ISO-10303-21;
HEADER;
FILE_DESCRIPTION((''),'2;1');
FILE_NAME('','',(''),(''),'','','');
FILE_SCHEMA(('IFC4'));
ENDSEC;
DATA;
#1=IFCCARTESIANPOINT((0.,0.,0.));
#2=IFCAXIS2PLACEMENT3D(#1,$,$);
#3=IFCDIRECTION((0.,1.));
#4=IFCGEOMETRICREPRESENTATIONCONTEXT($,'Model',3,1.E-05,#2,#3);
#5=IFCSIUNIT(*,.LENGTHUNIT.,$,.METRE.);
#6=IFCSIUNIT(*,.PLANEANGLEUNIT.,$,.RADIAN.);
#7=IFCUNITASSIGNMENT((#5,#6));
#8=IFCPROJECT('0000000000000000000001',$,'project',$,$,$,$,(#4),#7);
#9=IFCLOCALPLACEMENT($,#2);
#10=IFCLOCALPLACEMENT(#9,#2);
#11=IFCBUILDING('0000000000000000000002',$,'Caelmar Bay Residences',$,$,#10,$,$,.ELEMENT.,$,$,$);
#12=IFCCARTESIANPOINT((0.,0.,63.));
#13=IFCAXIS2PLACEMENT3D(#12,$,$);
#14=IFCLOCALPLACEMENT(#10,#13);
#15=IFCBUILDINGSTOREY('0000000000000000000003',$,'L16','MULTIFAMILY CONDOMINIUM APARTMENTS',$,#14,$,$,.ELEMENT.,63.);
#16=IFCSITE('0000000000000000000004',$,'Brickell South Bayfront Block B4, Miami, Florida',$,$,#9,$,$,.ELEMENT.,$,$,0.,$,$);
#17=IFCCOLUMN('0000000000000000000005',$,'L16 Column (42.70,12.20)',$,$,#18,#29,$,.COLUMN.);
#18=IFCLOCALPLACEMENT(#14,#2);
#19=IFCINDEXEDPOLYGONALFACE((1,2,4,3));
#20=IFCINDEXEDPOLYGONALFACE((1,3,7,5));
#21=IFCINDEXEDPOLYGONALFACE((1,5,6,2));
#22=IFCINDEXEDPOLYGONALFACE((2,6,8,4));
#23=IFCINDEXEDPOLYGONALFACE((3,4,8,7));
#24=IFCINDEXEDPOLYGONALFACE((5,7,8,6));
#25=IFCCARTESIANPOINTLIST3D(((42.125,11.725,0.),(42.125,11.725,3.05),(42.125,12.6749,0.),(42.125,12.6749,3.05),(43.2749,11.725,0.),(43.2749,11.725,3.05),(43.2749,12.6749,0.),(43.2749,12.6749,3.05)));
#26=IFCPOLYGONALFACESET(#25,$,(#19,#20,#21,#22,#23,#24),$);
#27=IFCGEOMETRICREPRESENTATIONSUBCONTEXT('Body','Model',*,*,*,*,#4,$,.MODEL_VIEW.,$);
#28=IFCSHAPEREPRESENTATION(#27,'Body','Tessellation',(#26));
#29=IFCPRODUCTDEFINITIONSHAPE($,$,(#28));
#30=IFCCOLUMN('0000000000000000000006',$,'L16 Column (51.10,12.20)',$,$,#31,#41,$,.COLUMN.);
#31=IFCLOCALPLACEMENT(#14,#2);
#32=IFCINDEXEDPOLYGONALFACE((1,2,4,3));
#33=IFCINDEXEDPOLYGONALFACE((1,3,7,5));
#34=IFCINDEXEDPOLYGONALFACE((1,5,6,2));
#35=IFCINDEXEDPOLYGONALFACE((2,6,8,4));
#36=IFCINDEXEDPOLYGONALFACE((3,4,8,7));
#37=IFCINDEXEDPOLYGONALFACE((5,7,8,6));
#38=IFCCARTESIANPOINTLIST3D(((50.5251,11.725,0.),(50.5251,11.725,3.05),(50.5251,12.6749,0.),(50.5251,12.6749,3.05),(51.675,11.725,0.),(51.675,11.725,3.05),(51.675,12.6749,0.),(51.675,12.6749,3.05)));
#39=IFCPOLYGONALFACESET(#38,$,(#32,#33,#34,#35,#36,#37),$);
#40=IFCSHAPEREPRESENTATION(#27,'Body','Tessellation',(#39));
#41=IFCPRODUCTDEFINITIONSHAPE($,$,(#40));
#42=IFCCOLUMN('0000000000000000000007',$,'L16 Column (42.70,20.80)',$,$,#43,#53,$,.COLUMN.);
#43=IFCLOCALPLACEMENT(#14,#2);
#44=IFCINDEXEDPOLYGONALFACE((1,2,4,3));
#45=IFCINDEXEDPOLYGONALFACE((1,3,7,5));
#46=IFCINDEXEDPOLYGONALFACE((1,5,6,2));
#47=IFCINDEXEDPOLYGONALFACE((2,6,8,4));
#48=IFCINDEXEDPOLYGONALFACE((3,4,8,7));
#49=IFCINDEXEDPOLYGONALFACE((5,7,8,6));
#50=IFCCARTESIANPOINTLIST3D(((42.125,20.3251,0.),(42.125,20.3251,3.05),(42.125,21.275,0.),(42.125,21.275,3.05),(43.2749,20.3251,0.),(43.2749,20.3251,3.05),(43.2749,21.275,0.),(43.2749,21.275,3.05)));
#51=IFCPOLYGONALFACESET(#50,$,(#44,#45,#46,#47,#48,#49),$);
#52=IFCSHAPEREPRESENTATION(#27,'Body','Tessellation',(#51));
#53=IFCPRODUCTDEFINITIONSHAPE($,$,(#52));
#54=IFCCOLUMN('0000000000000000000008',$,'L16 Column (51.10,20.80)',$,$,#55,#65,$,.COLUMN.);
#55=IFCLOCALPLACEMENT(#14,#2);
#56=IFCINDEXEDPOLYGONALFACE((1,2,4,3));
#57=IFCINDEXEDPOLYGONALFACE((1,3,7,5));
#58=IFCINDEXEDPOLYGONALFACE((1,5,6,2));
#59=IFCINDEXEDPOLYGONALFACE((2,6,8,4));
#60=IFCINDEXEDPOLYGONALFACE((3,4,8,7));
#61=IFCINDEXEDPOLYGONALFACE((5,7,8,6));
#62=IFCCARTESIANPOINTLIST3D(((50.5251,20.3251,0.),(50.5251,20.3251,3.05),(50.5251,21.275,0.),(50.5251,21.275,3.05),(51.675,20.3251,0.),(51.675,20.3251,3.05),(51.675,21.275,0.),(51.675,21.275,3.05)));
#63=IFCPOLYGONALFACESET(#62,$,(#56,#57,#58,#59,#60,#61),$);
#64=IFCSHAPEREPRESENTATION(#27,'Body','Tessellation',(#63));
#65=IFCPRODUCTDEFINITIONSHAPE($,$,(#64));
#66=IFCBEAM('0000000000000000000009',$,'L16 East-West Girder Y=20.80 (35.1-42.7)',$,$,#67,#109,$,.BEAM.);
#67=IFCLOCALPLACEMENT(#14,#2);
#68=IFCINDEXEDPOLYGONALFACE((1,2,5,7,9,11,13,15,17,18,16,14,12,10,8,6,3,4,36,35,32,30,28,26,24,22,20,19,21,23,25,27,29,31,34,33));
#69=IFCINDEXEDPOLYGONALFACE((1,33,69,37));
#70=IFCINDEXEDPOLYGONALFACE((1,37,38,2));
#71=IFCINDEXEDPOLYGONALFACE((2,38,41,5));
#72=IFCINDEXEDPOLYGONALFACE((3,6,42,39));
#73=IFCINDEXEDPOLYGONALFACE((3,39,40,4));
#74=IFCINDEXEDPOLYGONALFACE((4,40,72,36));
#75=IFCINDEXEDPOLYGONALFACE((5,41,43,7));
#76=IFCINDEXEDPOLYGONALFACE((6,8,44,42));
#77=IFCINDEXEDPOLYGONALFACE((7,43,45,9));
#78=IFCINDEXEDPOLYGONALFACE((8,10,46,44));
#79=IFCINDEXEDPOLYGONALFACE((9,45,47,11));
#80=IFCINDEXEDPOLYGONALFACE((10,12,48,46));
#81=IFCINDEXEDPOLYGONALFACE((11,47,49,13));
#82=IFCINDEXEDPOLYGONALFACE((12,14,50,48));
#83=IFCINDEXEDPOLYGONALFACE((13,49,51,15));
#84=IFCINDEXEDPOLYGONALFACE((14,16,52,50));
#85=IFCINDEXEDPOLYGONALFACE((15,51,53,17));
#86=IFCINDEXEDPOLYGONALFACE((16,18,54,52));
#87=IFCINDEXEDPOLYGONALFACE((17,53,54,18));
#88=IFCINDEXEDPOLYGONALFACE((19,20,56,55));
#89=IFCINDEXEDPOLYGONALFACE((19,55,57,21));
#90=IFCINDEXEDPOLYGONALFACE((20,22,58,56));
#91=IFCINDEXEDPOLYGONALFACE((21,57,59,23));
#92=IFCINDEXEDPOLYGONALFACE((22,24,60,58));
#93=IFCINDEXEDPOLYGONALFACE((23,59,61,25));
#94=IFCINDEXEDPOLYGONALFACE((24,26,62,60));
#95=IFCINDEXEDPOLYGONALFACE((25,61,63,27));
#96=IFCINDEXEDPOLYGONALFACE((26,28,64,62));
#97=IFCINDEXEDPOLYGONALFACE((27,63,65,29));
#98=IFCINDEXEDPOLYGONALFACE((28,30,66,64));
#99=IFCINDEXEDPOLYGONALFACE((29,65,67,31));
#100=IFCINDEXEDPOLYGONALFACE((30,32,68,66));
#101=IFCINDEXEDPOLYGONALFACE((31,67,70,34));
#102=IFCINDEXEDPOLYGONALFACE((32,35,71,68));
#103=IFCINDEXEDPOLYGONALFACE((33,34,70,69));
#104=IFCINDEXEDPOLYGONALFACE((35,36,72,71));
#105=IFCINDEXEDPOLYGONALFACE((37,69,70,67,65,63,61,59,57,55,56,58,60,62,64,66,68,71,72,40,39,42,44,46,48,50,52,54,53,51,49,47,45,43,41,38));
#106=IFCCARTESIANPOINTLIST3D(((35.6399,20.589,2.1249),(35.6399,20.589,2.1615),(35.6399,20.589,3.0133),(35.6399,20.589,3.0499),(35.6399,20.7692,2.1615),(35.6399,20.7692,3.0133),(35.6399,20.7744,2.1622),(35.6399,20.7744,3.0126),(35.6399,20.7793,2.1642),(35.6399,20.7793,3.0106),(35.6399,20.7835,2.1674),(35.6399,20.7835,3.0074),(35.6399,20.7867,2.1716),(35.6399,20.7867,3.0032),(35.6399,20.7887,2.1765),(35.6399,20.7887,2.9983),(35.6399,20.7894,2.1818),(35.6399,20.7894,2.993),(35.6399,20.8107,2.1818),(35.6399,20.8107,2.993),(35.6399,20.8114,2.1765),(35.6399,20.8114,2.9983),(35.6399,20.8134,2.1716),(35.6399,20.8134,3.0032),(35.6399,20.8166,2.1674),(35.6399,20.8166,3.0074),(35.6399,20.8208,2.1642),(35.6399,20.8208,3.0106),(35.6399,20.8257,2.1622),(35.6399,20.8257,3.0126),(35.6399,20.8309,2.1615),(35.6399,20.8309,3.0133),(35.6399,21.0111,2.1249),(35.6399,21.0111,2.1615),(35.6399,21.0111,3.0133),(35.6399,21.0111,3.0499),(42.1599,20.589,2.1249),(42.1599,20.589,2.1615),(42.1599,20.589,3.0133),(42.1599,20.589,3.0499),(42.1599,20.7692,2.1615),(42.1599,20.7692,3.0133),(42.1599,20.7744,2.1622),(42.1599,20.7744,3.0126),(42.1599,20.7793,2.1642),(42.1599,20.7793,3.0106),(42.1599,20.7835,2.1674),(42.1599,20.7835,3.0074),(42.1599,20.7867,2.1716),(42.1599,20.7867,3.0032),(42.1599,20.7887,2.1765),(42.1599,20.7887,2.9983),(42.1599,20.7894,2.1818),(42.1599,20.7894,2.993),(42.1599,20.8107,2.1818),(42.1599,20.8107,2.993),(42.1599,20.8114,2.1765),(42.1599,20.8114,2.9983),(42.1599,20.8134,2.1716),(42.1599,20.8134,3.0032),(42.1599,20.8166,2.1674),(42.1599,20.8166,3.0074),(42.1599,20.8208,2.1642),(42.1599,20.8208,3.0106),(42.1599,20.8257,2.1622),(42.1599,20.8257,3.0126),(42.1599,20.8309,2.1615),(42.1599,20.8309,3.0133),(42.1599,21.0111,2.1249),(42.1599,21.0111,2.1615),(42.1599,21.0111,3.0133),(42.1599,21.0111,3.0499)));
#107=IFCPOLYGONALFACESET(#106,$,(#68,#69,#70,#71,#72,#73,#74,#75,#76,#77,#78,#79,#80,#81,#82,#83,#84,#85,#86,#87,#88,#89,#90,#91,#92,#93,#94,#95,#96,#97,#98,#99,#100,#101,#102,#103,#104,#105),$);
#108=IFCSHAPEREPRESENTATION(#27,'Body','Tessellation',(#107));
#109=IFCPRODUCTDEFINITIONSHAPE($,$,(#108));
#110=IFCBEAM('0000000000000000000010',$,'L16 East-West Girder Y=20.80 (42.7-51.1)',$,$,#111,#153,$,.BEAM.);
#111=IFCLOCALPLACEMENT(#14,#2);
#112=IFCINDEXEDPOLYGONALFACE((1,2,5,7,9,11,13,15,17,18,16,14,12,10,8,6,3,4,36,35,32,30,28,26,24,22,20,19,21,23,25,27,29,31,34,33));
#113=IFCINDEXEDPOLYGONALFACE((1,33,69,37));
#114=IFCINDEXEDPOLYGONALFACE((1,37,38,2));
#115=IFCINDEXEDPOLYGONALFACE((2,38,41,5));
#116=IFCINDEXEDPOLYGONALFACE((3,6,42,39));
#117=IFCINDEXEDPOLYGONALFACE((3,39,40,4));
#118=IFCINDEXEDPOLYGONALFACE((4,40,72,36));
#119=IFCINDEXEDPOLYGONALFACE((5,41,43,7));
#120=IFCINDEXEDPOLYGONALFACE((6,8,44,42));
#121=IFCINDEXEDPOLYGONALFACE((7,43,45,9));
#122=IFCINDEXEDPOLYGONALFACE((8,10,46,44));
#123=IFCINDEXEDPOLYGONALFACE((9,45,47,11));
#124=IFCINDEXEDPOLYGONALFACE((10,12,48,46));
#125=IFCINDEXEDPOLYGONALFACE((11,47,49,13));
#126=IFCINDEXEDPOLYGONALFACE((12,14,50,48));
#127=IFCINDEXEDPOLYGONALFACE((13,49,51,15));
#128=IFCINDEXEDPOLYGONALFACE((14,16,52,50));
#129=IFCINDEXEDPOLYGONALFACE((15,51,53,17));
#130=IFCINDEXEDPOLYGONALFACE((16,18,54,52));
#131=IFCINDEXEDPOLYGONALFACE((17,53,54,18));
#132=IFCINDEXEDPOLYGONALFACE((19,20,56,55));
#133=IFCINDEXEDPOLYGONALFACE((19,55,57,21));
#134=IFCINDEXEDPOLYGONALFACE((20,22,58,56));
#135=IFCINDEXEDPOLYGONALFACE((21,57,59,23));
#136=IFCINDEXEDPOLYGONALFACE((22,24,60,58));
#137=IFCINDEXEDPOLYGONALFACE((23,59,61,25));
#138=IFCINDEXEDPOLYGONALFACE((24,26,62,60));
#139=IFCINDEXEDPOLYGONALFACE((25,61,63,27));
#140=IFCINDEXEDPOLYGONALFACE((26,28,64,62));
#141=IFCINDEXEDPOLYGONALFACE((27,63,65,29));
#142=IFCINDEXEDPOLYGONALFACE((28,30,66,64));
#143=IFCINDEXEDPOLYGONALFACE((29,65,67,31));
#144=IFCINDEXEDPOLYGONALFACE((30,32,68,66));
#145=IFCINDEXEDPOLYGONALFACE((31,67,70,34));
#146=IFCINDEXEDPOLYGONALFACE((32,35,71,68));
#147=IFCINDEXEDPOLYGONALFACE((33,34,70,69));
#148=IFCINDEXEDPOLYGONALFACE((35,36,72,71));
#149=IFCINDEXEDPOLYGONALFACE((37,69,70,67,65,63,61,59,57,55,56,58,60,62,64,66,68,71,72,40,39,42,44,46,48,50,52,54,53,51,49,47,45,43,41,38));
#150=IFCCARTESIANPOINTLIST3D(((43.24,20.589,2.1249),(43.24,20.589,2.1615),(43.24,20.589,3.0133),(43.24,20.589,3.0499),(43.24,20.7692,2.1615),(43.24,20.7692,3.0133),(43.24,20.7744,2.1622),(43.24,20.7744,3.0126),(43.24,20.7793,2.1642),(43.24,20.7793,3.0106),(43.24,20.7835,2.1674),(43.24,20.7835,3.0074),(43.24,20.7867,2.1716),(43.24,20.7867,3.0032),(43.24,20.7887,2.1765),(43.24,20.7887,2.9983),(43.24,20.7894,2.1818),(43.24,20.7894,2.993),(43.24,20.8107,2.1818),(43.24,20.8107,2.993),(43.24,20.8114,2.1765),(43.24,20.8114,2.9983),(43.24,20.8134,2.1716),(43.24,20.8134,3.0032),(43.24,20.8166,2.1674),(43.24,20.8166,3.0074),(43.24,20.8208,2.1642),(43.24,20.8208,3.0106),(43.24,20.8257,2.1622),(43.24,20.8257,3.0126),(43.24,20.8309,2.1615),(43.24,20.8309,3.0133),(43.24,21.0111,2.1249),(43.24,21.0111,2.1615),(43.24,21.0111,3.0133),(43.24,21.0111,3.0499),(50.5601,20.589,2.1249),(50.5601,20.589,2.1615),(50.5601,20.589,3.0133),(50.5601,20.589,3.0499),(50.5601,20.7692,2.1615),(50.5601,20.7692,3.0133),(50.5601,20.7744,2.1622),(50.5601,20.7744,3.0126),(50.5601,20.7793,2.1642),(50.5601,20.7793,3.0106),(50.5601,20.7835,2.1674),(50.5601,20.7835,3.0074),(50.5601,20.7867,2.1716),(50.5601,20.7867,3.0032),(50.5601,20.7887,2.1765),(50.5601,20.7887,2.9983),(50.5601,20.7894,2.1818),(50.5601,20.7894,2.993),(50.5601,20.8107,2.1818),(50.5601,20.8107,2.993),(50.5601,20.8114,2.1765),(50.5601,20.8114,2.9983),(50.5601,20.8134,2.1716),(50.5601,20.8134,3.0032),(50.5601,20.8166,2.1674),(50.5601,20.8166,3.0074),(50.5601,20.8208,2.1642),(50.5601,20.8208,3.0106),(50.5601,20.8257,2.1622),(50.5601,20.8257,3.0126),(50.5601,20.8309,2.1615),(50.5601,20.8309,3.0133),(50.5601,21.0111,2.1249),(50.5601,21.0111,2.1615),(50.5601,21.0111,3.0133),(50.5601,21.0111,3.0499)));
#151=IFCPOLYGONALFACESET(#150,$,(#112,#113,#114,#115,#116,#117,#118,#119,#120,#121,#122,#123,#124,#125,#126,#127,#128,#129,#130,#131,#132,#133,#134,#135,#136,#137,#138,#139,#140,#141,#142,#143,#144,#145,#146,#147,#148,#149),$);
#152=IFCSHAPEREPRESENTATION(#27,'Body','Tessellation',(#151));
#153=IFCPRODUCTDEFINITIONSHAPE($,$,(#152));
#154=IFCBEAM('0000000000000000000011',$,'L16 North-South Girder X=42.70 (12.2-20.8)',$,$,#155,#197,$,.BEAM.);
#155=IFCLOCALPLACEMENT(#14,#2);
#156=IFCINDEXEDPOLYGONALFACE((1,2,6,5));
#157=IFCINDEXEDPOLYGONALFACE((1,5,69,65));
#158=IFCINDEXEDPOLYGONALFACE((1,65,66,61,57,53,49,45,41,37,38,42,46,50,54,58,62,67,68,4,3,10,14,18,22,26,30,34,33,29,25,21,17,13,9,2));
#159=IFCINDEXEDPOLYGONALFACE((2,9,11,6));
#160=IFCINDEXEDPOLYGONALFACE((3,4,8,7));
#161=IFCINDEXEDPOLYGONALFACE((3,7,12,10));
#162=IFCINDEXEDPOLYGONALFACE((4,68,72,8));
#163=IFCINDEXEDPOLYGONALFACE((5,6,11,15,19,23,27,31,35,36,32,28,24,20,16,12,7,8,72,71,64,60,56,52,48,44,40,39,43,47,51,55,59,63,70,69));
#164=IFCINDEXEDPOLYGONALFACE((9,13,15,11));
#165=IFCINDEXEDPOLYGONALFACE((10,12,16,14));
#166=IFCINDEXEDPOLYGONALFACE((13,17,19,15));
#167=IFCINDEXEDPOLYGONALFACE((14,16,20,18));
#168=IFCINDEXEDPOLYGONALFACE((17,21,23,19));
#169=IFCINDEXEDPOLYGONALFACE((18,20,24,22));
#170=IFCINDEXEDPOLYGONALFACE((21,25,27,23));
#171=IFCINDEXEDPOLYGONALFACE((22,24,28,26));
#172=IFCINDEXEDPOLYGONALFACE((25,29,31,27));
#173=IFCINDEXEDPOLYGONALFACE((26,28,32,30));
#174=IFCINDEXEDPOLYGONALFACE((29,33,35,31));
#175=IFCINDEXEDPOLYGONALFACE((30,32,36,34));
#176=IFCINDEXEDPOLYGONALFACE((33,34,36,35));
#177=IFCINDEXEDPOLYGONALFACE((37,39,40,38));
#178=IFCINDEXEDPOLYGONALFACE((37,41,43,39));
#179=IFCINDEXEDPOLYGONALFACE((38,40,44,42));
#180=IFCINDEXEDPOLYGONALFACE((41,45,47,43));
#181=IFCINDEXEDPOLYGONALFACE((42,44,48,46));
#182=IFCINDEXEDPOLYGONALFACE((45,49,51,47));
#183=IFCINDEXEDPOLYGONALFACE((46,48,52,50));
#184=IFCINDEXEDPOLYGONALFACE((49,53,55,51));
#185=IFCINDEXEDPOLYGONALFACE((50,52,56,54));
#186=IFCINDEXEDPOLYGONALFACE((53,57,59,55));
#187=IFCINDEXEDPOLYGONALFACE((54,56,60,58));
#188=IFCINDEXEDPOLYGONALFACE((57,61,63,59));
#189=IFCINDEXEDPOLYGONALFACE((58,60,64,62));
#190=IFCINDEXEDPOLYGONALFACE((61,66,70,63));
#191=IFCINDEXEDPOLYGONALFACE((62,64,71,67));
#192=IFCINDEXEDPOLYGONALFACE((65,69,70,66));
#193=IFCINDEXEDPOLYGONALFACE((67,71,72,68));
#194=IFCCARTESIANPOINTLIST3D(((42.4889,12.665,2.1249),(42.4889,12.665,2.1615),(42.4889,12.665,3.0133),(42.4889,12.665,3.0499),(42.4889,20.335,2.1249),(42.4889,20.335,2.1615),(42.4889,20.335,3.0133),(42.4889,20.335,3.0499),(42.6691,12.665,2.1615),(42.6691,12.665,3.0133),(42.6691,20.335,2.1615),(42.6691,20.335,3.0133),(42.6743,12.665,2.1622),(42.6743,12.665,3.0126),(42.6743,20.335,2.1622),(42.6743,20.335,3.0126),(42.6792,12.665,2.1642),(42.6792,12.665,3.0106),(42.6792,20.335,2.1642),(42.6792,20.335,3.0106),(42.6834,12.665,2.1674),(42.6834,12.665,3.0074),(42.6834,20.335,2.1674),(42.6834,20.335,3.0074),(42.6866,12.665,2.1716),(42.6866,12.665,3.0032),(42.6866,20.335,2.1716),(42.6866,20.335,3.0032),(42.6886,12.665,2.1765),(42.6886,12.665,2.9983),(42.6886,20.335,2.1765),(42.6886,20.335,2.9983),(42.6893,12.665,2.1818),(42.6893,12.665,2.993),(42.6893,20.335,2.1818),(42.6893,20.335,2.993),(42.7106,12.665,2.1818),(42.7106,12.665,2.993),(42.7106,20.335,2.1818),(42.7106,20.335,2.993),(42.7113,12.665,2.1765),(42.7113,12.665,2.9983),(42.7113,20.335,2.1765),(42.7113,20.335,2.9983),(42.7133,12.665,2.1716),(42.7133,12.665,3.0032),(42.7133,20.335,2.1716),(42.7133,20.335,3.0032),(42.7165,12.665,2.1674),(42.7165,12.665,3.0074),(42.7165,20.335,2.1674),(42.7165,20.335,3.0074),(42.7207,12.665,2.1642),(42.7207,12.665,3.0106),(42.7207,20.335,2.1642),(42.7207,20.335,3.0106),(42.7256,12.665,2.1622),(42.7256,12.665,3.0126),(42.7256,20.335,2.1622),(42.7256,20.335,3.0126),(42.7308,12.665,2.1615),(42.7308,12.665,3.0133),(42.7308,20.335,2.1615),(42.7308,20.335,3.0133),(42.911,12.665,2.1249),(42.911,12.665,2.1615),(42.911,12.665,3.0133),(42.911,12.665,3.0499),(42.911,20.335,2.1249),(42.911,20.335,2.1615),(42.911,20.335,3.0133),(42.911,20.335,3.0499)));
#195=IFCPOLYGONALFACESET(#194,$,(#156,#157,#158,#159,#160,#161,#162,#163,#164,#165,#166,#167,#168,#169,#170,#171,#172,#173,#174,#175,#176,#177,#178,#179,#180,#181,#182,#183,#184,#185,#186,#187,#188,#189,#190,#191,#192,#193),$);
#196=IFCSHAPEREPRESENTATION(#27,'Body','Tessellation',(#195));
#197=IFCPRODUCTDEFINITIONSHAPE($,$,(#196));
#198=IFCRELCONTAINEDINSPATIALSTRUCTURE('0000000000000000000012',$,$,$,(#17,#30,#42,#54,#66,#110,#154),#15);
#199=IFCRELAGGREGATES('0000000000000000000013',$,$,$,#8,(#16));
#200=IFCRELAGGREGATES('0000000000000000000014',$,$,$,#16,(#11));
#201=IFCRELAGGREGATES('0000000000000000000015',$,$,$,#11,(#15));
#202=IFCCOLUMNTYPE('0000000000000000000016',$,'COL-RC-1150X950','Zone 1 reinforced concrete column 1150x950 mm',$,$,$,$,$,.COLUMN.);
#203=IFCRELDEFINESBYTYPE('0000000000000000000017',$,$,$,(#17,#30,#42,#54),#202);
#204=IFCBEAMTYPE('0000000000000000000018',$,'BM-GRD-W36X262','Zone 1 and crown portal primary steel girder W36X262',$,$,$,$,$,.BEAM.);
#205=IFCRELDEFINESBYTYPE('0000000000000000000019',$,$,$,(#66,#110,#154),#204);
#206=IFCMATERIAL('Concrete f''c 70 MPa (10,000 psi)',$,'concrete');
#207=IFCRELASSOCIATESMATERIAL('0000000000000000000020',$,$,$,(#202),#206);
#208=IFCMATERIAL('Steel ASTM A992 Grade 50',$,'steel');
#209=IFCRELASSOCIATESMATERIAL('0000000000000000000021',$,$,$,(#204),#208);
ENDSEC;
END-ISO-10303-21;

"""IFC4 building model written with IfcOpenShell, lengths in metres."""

from ifc_helpers import new_model, si_unit, direction, frame, origin, origin_2d, place, context, subcontext, project, spatial, rectangle, i_section, extrude, material, material_profile, profile_set, type_object, element, save


model = new_model("IFC4")

# Units and contexts
model_context = context("Model", 3, precision=1e-05, world=origin(), true_north=direction((0.0, 1.0)))
body_context = subcontext(model_context, "Body", "Model", "MODEL_VIEW")
ifc_project = project(units=[si_unit("LENGTHUNIT", "METRE"), si_unit("PLANEANGLEUNIT", "RADIAN")], contexts=[model_context])

# Site, building, storey
site_placement = place(None, origin())
site = spatial("IfcSite", under=ifc_project, at=site_placement, Name="Brickell South Bayfront Block B4, Miami, Florida", CompositionType="ELEMENT", RefElevation=0.0)
building_placement = place(site_placement, origin())
building = spatial("IfcBuilding", under=site, at=building_placement, Name="Caelmar Bay Residences", CompositionType="ELEMENT")
storey_placement = place(building_placement, frame((0.0, 0.0, 63.0)))
storey = spatial("IfcBuildingStorey", under=building, at=storey_placement, Name="L16", Description="MULTIFAMILY CONDOMINIUM APARTMENTS", CompositionType="ELEMENT", Elevation=63.0)

# Columns
ifc_material_1 = material(Name="Concrete f'c 70 MPa (10,000 psi)", Category="concrete")
ifc_material_profile_1 = material_profile(ifc_material_1, rectangle(XDim=1.1499, YDim=0.95, at=origin_2d()), Name="RC-COL-1150X950")
ifc_profile_set_1 = profile_set([ifc_material_profile_1], Name="Concrete f'c 70 MPa (10,000 psi)")
column_type = type_object("IfcColumnType", Name="COL-RC-1150X950", Description="Zone 1 reinforced concrete column 1150x950 mm", PredefinedType="COLUMN", material=ifc_profile_set_1)
for number, where, z_axis, x_axis, name in (
    (1, (42.7, 12.2, 0.0), (0.0, 0.0, 1.0), (1.0, 0.0, 0.0), "L16 Column (42.70,12.20)"),
    (2, (51.1001, 12.2, 0.0), (0.0, 0.0, 1.0), (1.0, 0.0, 0.0), "L16 Column (51.10,12.20)"),
    (3, (42.7, 20.8, 0.0), (0.0, 0.0, 1.0), (1.0, 0.0, 0.0), "L16 Column (42.70,20.80)"),
    (4, (51.1001, 20.8, 0.0), (0.0, 0.0, 1.0), (1.0, 0.0, 0.0), "L16 Column (51.10,20.80)"),
):
    element("IfcColumn", number, at=place(storey_placement, frame(where, z_axis=z_axis, x_axis=x_axis)), inside=storey, type_object=column_type, Name=name, PredefinedType="COLUMN", context=body_context, shape_type="SweptSolid", body=[
        extrude(rectangle(XDim=1.1499, YDim=0.95, at=origin_2d()), origin(), (0.0, 0.0, 1.0), 3.05),
    ])

# Beams
ifc_material_2 = material(Name="Steel ASTM A992 Grade 50", Category="steel")
ifc_material_profile_2 = material_profile(ifc_material_2, i_section(OverallWidth=0.4221, OverallDepth=0.925, WebThickness=0.0212, FlangeThickness=0.0366, FilletRadius=0.0203, at=origin_2d()), Name="W36X262")
ifc_profile_set_2 = profile_set([ifc_material_profile_2], Name="Steel ASTM A992 Grade 50")
beam_type_1 = type_object("IfcBeamType", Name="BM-GRD-W36X262", Description="Zone 1 and crown portal primary steel girder W36X262", PredefinedType="BEAM", material=ifc_profile_set_2)
beam_1_placement = place(storey_placement, frame((35.6399, 20.8, 2.5874), z_axis=(1.0, 0.0, 0.0), x_axis=(0.0, 1.0, 0.0)))
element("IfcBeam", 5, at=beam_1_placement, inside=storey, type_object=beam_type_1, Name="L16 East-West Girder Y=20.80 (35.1-42.7)", PredefinedType="BEAM", context=body_context, shape_type="SweptSolid", body=[
    extrude(i_section(OverallWidth=0.4221, OverallDepth=0.925, WebThickness=0.0212, FlangeThickness=0.0366, FilletRadius=0.0203, at=origin_2d()), origin(), (0.0, 0.0, 1.0), 6.52),
])
beam_2_placement = place(storey_placement, frame((43.24, 20.8, 2.5874), z_axis=(1.0, 0.0, 0.0), x_axis=(0.0, 1.0, 0.0)))
element("IfcBeam", 6, at=beam_2_placement, inside=storey, type_object=beam_type_1, Name="L16 East-West Girder Y=20.80 (42.7-51.1)", PredefinedType="BEAM", context=body_context, shape_type="SweptSolid", body=[
    extrude(i_section(OverallWidth=0.4221, OverallDepth=0.925, WebThickness=0.0212, FlangeThickness=0.0366, FilletRadius=0.0203, at=origin_2d()), origin(), (0.0, 0.0, 1.0), 7.3201),
])
beam_3_placement = place(storey_placement, frame((42.7, 12.665, 2.5874), z_axis=(0.0, 1.0, 0.0), x_axis=(-1.0, 0.0, 0.0)))
element("IfcBeam", 7, at=beam_3_placement, inside=storey, type_object=beam_type_1, Name="L16 North-South Girder X=42.70 (12.2-20.8)", PredefinedType="BEAM", context=body_context, shape_type="SweptSolid", body=[
    extrude(i_section(OverallWidth=0.4221, OverallDepth=0.925, WebThickness=0.0212, FlangeThickness=0.0366, FilletRadius=0.0203, at=origin_2d()), origin(), (0.0, 0.0, 1.0), 7.6699),
])

save(model, "model.ifc")
